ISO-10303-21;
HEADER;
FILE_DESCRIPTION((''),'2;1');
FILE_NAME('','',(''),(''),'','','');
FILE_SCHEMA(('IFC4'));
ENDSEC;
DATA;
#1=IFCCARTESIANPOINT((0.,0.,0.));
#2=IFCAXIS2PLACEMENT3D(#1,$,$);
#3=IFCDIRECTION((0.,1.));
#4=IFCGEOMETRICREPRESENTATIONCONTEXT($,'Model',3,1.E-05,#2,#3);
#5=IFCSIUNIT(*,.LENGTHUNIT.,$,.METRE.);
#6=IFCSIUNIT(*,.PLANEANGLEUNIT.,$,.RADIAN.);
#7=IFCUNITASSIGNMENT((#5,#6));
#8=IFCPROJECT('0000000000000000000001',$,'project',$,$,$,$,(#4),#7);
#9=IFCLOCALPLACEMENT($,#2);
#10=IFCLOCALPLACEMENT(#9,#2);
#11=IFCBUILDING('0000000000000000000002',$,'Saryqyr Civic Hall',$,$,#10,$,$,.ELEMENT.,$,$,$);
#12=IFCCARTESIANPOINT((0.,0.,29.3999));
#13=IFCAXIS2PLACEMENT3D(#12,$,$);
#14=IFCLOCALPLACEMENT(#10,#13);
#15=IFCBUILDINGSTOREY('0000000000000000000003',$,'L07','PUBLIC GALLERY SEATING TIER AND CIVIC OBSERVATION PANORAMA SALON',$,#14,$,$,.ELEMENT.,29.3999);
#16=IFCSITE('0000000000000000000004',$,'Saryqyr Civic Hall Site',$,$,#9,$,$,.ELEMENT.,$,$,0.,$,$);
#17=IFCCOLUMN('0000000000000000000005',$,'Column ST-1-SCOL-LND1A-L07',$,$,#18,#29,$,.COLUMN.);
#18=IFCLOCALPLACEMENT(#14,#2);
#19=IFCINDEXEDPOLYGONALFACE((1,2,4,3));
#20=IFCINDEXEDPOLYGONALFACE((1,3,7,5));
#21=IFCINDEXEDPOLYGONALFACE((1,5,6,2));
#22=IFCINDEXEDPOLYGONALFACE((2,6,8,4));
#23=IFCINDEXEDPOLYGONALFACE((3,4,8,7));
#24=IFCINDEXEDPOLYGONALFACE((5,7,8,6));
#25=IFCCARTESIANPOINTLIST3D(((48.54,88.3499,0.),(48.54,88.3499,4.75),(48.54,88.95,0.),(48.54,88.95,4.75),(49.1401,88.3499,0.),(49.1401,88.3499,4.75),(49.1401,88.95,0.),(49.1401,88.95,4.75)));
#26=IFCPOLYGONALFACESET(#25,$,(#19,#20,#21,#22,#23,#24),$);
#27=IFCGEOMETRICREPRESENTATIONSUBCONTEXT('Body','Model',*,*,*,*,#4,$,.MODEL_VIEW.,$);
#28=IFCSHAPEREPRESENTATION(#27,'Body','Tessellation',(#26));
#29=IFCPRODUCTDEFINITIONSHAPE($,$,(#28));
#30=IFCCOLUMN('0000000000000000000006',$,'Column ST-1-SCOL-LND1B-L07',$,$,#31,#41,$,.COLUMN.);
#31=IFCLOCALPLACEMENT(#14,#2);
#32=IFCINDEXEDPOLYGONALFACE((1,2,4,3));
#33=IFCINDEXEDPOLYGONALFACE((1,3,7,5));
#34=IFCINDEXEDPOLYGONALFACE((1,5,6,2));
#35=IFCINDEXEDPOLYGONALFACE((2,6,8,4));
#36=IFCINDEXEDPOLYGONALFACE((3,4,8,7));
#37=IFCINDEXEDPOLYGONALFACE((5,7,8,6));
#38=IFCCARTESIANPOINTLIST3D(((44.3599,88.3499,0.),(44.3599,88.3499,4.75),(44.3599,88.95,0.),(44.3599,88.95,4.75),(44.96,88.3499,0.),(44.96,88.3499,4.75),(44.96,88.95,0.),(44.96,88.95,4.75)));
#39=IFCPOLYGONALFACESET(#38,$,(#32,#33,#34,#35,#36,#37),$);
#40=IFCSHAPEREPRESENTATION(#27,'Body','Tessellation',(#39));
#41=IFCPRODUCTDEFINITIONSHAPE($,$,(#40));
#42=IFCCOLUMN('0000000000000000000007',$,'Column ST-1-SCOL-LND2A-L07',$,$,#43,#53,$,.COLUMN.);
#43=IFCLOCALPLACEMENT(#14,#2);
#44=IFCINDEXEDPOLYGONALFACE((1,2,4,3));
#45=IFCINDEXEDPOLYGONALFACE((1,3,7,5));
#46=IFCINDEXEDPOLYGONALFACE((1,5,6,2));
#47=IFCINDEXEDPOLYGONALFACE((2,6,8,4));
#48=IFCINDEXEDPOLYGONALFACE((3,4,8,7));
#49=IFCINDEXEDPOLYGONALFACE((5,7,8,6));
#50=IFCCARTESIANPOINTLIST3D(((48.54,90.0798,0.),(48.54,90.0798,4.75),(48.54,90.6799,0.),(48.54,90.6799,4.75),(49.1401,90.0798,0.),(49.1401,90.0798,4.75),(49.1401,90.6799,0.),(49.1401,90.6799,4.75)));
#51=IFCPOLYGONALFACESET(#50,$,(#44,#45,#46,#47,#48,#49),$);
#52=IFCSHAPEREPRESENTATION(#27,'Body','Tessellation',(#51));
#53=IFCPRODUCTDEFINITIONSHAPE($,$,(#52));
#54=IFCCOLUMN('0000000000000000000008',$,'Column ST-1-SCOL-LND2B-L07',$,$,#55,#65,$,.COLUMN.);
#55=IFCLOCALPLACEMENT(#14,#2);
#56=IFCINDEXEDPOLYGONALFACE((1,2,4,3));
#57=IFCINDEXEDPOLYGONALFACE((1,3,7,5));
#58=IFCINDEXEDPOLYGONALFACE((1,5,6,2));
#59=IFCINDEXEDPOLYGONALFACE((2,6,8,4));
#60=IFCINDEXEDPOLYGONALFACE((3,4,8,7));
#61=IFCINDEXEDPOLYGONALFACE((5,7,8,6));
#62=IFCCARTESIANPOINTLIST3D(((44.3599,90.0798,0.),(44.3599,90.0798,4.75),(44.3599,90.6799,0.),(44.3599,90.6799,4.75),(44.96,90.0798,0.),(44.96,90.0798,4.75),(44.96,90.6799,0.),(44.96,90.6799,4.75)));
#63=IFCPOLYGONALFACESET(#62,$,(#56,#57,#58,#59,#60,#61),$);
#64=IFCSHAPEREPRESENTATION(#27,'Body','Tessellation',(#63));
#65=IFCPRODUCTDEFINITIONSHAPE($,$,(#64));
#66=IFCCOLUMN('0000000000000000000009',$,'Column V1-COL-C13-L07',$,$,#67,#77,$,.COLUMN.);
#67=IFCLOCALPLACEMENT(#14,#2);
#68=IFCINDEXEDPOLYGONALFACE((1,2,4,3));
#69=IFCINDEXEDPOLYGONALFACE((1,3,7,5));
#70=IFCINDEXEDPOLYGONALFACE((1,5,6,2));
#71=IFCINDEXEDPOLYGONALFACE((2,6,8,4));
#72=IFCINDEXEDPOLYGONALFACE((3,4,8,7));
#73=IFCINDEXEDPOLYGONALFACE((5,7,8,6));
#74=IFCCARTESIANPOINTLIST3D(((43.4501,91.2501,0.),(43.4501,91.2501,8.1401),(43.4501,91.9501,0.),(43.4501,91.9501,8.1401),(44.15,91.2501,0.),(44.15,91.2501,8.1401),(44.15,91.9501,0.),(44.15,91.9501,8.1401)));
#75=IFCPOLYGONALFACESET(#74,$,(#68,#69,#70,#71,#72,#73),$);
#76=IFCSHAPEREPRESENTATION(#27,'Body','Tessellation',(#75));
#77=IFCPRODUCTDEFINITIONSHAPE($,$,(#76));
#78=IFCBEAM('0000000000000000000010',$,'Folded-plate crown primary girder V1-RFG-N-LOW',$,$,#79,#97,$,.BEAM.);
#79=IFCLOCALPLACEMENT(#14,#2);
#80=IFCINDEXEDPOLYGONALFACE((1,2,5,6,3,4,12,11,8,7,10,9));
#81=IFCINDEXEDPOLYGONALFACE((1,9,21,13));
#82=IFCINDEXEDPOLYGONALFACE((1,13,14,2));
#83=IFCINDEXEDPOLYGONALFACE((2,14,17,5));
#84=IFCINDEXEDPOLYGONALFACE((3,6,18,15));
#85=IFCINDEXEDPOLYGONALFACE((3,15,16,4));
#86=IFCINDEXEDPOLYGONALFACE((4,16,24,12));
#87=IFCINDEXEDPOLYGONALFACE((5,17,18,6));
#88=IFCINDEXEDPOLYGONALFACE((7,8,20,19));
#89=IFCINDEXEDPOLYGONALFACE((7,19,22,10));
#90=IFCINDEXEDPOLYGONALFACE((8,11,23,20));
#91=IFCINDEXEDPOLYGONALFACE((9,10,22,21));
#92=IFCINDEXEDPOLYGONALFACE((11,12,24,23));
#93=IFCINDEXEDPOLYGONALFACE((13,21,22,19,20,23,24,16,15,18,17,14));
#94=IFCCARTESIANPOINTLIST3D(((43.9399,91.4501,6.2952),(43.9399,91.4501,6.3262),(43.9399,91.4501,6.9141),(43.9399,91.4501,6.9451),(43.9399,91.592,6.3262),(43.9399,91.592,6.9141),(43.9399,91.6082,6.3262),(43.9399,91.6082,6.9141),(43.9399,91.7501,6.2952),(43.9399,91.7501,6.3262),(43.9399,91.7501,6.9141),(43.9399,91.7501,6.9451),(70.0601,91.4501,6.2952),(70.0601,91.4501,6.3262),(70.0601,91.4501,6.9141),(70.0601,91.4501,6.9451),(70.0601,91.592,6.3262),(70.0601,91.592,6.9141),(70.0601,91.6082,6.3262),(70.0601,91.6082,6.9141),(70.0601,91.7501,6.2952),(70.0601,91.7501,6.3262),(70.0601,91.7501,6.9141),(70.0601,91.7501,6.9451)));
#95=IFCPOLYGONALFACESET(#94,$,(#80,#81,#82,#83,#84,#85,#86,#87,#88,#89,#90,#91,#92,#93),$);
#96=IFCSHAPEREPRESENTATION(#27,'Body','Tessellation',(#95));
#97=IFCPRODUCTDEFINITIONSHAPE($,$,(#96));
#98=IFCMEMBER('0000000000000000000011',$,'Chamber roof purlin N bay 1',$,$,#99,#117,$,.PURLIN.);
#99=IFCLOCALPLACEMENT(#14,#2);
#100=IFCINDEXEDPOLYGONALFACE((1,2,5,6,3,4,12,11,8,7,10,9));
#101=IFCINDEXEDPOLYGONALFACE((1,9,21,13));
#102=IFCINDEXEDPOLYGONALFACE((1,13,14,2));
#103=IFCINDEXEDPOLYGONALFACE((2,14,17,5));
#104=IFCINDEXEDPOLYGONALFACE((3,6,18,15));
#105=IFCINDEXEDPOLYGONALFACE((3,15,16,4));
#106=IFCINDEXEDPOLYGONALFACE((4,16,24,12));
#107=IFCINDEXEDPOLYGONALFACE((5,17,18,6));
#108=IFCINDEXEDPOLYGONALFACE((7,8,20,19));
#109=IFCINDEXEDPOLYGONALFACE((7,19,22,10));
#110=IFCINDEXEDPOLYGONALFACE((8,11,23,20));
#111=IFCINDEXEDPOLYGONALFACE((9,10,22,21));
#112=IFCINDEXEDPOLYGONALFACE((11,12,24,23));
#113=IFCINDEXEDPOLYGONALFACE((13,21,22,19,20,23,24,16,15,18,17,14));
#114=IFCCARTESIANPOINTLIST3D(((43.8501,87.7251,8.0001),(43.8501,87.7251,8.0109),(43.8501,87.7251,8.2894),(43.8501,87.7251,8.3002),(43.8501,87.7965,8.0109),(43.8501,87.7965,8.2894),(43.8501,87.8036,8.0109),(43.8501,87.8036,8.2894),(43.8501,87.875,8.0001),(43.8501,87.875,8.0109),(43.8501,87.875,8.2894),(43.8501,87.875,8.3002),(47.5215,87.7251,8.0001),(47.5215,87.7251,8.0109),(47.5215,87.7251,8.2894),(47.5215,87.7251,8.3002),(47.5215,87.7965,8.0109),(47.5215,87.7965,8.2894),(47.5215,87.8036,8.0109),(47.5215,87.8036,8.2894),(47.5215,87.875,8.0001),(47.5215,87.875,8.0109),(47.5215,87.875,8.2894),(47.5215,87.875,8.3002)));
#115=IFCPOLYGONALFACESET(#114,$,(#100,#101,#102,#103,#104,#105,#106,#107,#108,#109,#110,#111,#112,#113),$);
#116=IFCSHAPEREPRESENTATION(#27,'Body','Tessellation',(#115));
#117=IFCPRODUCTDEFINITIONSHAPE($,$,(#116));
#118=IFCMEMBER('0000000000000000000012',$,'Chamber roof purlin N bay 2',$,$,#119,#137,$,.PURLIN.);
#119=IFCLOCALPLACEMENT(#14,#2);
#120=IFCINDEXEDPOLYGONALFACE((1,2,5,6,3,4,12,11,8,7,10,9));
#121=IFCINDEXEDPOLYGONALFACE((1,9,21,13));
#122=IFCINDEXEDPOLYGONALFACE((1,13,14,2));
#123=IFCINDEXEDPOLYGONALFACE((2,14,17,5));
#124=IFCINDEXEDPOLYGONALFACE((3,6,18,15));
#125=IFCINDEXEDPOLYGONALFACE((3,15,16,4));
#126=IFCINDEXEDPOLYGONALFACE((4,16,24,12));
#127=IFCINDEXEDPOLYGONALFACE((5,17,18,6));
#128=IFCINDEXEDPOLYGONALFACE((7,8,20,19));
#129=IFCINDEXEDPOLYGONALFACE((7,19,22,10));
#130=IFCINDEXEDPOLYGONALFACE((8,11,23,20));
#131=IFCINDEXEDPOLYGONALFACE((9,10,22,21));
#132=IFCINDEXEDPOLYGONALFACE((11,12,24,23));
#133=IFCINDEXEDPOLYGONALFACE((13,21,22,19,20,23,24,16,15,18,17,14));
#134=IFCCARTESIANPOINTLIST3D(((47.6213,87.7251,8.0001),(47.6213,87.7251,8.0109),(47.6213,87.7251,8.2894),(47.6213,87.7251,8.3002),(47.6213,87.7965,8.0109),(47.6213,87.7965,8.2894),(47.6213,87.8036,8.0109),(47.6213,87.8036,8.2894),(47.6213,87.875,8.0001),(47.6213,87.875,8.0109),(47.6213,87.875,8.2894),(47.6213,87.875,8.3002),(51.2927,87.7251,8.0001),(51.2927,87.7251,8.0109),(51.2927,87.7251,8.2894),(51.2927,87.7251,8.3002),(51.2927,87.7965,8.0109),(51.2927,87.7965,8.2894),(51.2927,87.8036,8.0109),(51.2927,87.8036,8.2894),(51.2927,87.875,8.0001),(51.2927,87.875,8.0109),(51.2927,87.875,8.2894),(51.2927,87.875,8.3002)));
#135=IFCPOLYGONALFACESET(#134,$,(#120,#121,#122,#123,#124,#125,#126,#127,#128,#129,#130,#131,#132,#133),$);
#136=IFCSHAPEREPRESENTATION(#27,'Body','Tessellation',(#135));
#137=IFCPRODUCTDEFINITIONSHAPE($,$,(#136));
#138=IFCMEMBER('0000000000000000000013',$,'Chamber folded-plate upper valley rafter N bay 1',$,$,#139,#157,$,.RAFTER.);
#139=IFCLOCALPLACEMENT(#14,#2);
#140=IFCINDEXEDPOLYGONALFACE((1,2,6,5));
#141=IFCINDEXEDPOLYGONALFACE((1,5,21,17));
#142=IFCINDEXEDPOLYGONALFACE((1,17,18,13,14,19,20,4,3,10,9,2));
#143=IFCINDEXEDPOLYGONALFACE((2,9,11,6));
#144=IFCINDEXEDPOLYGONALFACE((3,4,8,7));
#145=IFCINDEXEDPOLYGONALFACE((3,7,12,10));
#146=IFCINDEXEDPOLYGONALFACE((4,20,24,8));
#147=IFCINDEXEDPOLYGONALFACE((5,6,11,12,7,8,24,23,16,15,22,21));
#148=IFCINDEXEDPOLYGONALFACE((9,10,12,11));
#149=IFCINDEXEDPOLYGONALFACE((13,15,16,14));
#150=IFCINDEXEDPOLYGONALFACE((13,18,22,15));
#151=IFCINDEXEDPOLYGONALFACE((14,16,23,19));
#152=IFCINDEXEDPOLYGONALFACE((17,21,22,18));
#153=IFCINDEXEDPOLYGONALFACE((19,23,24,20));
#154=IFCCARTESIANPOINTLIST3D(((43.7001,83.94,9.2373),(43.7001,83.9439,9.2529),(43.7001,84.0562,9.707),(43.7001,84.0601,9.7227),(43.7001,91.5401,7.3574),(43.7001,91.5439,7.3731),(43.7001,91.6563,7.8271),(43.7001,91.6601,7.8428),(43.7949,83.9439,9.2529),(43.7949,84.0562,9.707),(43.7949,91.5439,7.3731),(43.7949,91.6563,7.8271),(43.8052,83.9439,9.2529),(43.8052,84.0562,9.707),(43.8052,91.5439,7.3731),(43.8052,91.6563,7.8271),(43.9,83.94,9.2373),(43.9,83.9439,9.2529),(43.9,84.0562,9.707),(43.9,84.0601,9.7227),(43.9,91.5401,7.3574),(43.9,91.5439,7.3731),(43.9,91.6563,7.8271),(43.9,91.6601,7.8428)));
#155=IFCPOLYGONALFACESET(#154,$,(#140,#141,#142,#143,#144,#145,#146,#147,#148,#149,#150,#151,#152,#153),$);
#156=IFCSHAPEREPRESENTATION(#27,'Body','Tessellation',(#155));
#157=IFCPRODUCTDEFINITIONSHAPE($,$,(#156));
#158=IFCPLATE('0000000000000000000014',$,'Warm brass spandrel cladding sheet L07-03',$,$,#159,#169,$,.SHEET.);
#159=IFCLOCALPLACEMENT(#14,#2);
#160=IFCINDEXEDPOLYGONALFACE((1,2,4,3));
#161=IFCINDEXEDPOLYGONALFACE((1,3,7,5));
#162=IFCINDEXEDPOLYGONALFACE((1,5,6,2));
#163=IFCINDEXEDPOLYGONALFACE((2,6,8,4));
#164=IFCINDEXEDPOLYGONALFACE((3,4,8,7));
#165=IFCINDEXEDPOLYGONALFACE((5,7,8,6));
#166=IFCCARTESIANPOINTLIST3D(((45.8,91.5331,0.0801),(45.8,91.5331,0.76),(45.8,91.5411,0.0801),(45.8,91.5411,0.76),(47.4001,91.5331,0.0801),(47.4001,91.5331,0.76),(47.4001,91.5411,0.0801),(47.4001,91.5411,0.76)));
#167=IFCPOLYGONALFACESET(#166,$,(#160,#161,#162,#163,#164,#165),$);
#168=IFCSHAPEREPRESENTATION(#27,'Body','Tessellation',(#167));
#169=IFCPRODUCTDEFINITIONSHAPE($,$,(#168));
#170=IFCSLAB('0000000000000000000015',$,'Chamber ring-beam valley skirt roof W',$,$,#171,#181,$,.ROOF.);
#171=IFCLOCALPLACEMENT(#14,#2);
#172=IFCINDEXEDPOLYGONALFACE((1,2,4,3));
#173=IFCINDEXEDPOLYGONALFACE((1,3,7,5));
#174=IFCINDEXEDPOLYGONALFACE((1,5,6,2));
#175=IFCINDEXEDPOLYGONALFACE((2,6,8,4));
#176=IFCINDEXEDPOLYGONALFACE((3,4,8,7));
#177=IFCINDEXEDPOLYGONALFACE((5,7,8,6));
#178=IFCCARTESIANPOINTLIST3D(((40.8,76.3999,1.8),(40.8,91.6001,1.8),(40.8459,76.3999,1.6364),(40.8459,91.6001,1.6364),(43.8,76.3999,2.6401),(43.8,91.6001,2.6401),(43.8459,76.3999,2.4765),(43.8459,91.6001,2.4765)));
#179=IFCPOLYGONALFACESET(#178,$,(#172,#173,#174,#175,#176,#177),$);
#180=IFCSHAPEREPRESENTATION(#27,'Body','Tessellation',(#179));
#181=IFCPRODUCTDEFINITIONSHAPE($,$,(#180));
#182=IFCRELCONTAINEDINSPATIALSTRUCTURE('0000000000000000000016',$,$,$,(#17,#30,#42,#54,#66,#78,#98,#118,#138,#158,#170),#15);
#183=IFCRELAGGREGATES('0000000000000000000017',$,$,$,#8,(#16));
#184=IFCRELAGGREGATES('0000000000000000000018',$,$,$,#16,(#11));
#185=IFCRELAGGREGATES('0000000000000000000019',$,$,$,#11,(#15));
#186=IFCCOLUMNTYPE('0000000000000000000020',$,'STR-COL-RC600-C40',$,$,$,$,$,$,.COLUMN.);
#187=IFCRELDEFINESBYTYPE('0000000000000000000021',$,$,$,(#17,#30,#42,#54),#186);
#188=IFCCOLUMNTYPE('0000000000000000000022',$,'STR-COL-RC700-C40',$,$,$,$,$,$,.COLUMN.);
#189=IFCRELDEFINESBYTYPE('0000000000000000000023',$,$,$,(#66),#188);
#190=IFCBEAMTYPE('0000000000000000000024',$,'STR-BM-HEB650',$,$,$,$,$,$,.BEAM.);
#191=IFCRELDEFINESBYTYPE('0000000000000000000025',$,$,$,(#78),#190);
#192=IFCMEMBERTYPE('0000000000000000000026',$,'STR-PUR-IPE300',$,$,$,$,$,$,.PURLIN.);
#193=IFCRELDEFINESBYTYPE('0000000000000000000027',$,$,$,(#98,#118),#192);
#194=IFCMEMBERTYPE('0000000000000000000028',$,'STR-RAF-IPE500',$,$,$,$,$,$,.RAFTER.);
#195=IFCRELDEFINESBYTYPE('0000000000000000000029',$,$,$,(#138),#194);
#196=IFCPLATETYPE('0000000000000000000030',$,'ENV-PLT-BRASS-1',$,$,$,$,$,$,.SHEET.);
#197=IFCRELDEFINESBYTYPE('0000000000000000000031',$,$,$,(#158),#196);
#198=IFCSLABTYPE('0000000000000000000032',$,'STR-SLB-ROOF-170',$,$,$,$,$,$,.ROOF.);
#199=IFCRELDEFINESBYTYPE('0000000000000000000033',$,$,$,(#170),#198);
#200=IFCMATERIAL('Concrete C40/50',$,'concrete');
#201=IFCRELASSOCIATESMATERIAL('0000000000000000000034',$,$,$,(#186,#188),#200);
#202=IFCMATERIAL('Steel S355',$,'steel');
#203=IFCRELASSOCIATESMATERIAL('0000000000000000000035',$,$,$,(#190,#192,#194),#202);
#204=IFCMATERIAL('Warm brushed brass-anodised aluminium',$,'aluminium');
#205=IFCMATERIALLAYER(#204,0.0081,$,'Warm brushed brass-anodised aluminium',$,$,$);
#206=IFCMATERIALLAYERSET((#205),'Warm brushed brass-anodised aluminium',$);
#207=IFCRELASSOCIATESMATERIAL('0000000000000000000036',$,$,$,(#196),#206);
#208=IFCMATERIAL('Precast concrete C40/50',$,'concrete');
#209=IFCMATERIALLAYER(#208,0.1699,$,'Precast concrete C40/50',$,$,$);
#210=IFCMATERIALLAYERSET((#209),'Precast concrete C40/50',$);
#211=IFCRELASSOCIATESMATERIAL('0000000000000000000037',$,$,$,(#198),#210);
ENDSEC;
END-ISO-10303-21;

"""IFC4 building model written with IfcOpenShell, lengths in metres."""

from ifc_helpers import new_model, si_unit, direction, frame, origin, origin_2d, place, context, subcontext, project, spatial, polyline, rectangle, i_section, outline, extrude, material, layer, layer_set, material_profile, profile_set, type_object, element, save


model = new_model("IFC4")

# Units and contexts
model_context = context("Model", 3, precision=1e-05, world=origin(), true_north=direction((0.0, 1.0)))
body_context = subcontext(model_context, "Body", "Model", "MODEL_VIEW")
ifc_project = project(units=[si_unit("LENGTHUNIT", "METRE"), si_unit("PLANEANGLEUNIT", "RADIAN")], contexts=[model_context])

# Site, building, storey
site_placement = place(None, origin())
site = spatial("IfcSite", under=ifc_project, at=site_placement, Name="Saryqyr Civic Hall Site", CompositionType="ELEMENT", RefElevation=0.0)
building_placement = place(site_placement, origin())
building = spatial("IfcBuilding", under=site, at=building_placement, Name="Saryqyr Civic Hall", CompositionType="ELEMENT")
storey_placement = place(building_placement, frame((0.0, 0.0, 29.3999)))
storey = spatial("IfcBuildingStorey", under=building, at=storey_placement, Name="L07", Description="PUBLIC GALLERY SEATING TIER AND CIVIC OBSERVATION PANORAMA SALON", CompositionType="ELEMENT", Elevation=29.3999)

# Columns
ifc_material_1 = material(Name="Concrete C40/50", Category="concrete")
ifc_material_profile_1 = material_profile(ifc_material_1, rectangle(XDim=0.6001, YDim=0.6001, at=origin_2d()), Name="RC 600x600")
ifc_profile_set_1 = profile_set([ifc_material_profile_1], Name="Concrete C40/50")
column_type_1 = type_object("IfcColumnType", Name="STR-COL-RC600-C40", PredefinedType="COLUMN", material=ifc_profile_set_1)
for number, where, z_axis, x_axis, name in (
    (1, (48.8401, 88.6499, 0.0), (0.0, 0.0, 1.0), (1.0, 0.0, 0.0), "Column ST-1-SCOL-LND1A-L07"),
    (2, (44.6599, 88.6499, 0.0), (0.0, 0.0, 1.0), (1.0, 0.0, 0.0), "Column ST-1-SCOL-LND1B-L07"),
    (3, (48.8401, 90.3799, 0.0), (0.0, 0.0, 1.0), (1.0, 0.0, 0.0), "Column ST-1-SCOL-LND2A-L07"),
    (4, (44.6599, 90.3799, 0.0), (0.0, 0.0, 1.0), (1.0, 0.0, 0.0), "Column ST-1-SCOL-LND2B-L07"),
):
    element("IfcColumn", number, at=place(storey_placement, frame(where, z_axis=z_axis, x_axis=x_axis)), inside=storey, type_object=column_type_1, Name=name, PredefinedType="COLUMN", context=body_context, shape_type="SweptSolid", body=[
        extrude(rectangle(XDim=0.6001, YDim=0.6001, at=origin_2d()), origin(), (0.0, 0.0, 1.0), 4.75),
    ])
ifc_material_profile_2 = material_profile(ifc_material_1, rectangle(XDim=0.7, YDim=0.7, at=origin_2d()), Name="RC 700x700")
ifc_profile_set_2 = profile_set([ifc_material_profile_2], Name="Concrete C40/50")
column_type_2 = type_object("IfcColumnType", Name="STR-COL-RC700-C40", PredefinedType="COLUMN", material=ifc_profile_set_2)
column_placement = place(storey_placement, frame((43.8, 91.6001, 0.0), z_axis=(0.0, 0.0, 1.0), x_axis=(1.0, 0.0, 0.0)))
element("IfcColumn", 5, at=column_placement, inside=storey, type_object=column_type_2, Name="Column V1-COL-C13-L07", PredefinedType="COLUMN", context=body_context, shape_type="SweptSolid", body=[
    extrude(rectangle(XDim=0.7, YDim=0.7, at=origin_2d()), origin(), (0.0, 0.0, 1.0), 8.1401),
])

# Beam
ifc_material_2 = material(Name="Steel S355", Category="steel")
ifc_material_profile_3 = material_profile(ifc_material_2, i_section(OverallWidth=0.3, OverallDepth=0.6499, WebThickness=0.0161, FlangeThickness=0.031, at=origin_2d()), Name="HEB 650")
ifc_profile_set_3 = profile_set([ifc_material_profile_3], Name="Steel S355")
beam_type = type_object("IfcBeamType", Name="STR-BM-HEB650", PredefinedType="BEAM", material=ifc_profile_set_3)
beam_placement = place(storey_placement, frame((43.9399, 91.6001, 6.6201), z_axis=(1.0, 0.0, 0.0), x_axis=(0.0, 1.0, 0.0)))
element("IfcBeam", 6, at=beam_placement, inside=storey, type_object=beam_type, Name="Folded-plate crown primary girder V1-RFG-N-LOW", PredefinedType="BEAM", context=body_context, shape_type="SweptSolid", body=[
    extrude(i_section(OverallWidth=0.3, OverallDepth=0.6499, WebThickness=0.0161, FlangeThickness=0.031, at=origin_2d()), origin(), (0.0, 0.0, 1.0), 26.1201),
])

# Members
ifc_material_profile_4 = material_profile(ifc_material_2, i_section(OverallWidth=0.1499, OverallDepth=0.3, WebThickness=0.0071, FlangeThickness=0.0107, at=origin_2d()), Name="IPE 300")
ifc_profile_set_4 = profile_set([ifc_material_profile_4], Name="Steel S355")
member_type_1 = type_object("IfcMemberType", Name="STR-PUR-IPE300", PredefinedType="PURLIN", material=ifc_profile_set_4)
for number, where, z_axis, x_axis, name in (
    (7, (43.8501, 87.8, 8.1501), (1.0, 0.0, 0.0), (0.0, 1.0, 0.0), "Chamber roof purlin N bay 1"),
    (8, (47.6213, 87.8, 8.1501), (1.0, 0.0, 0.0), (0.0, 1.0, 0.0), "Chamber roof purlin N bay 2"),
):
    element("IfcMember", number, at=place(storey_placement, frame(where, z_axis=z_axis, x_axis=x_axis)), inside=storey, type_object=member_type_1, Name=name, PredefinedType="PURLIN", context=body_context, shape_type="SweptSolid", body=[
        extrude(i_section(OverallWidth=0.1499, OverallDepth=0.3, WebThickness=0.0071, FlangeThickness=0.0107, at=origin_2d()), origin(), (0.0, 0.0, 1.0), 3.6714),
    ])
ifc_material_profile_5 = material_profile(ifc_material_2, i_section(OverallWidth=0.2, OverallDepth=0.5, WebThickness=0.0103, FlangeThickness=0.0161, at=origin_2d()), Name="IPE 500")
ifc_profile_set_5 = profile_set([ifc_material_profile_5], Name="Steel S355")
member_type_2 = type_object("IfcMemberType", Name="STR-RAF-IPE500", PredefinedType="RAFTER", material=ifc_profile_set_5)
member_placement = place(storey_placement, frame((43.8, 91.6001, 7.6001), z_axis=(0.0, -0.970745, 0.240114), x_axis=(1.0, 0.0, 0.0)))
element("IfcMember", 9, at=member_placement, inside=storey, type_object=member_type_2, Name="Chamber folded-plate upper valley rafter N bay 1", PredefinedType="RAFTER", context=body_context, shape_type="SweptSolid", body=[
    extrude(i_section(OverallWidth=0.2, OverallDepth=0.5, WebThickness=0.0103, FlangeThickness=0.0161, at=origin_2d()), origin(), (0.0, 0.0, 1.0), 7.8291),
])

# Plate
ifc_material_3 = material(Name="Warm brushed brass-anodised aluminium", Category="aluminium")
ifc_layer_1 = layer(ifc_material_3, 0.0081, Name="Warm brushed brass-anodised aluminium")
ifc_layer_set_1 = layer_set([ifc_layer_1], Name="Warm brushed brass-anodised aluminium")
plate_type = type_object("IfcPlateType", Name="ENV-PLT-BRASS-1", PredefinedType="SHEET", material=ifc_layer_set_1)
plate_placement = place(storey_placement, frame((46.6001, 91.5371, 0.0801), z_axis=(0.0, 0.0, 1.0), x_axis=(1.0, 0.0, 0.0)))
element("IfcPlate", 10, at=plate_placement, inside=storey, type_object=plate_type, Name="Warm brass spandrel cladding sheet L07-03", PredefinedType="SHEET", context=body_context, shape_type="SweptSolid", body=[
    extrude(rectangle(XDim=1.6001, YDim=0.0081, at=origin_2d()), origin(), (0.0, 0.0, 1.0), 0.6799),
])

# Slab
ifc_material_4 = material(Name="Precast concrete C40/50", Category="concrete")
ifc_layer_2 = layer(ifc_material_4, 0.1699, Name="Precast concrete C40/50")
ifc_layer_set_2 = layer_set([ifc_layer_2], Name="Precast concrete C40/50")
slab_type_1 = type_object("IfcSlabType", Name="STR-SLB-ROOF-170", PredefinedType="ROOF", material=ifc_layer_set_2)
slab_1_placement = place(storey_placement, frame((40.8, 91.6001, 1.8), z_axis=(-0.269656, 0.0, 0.962957), x_axis=(0.0, -1.0, 0.0)))
element("IfcSlab", 11, at=slab_1_placement, inside=storey, type_object=slab_type_1, Name="Chamber ring-beam valley skirt roof W", PredefinedType="ROOF", context=body_context, shape_type="SweptSolid", body=[
    extrude(outline(polyline([(0.0, 0.0), (15.2002, 0.0), (15.2002, 3.1154), (0.0, 3.1154), (0.0, 0.0)])), origin(), (0.0, 0.0, -1.0), 0.1699),
])

save(model, "model.ifc")
